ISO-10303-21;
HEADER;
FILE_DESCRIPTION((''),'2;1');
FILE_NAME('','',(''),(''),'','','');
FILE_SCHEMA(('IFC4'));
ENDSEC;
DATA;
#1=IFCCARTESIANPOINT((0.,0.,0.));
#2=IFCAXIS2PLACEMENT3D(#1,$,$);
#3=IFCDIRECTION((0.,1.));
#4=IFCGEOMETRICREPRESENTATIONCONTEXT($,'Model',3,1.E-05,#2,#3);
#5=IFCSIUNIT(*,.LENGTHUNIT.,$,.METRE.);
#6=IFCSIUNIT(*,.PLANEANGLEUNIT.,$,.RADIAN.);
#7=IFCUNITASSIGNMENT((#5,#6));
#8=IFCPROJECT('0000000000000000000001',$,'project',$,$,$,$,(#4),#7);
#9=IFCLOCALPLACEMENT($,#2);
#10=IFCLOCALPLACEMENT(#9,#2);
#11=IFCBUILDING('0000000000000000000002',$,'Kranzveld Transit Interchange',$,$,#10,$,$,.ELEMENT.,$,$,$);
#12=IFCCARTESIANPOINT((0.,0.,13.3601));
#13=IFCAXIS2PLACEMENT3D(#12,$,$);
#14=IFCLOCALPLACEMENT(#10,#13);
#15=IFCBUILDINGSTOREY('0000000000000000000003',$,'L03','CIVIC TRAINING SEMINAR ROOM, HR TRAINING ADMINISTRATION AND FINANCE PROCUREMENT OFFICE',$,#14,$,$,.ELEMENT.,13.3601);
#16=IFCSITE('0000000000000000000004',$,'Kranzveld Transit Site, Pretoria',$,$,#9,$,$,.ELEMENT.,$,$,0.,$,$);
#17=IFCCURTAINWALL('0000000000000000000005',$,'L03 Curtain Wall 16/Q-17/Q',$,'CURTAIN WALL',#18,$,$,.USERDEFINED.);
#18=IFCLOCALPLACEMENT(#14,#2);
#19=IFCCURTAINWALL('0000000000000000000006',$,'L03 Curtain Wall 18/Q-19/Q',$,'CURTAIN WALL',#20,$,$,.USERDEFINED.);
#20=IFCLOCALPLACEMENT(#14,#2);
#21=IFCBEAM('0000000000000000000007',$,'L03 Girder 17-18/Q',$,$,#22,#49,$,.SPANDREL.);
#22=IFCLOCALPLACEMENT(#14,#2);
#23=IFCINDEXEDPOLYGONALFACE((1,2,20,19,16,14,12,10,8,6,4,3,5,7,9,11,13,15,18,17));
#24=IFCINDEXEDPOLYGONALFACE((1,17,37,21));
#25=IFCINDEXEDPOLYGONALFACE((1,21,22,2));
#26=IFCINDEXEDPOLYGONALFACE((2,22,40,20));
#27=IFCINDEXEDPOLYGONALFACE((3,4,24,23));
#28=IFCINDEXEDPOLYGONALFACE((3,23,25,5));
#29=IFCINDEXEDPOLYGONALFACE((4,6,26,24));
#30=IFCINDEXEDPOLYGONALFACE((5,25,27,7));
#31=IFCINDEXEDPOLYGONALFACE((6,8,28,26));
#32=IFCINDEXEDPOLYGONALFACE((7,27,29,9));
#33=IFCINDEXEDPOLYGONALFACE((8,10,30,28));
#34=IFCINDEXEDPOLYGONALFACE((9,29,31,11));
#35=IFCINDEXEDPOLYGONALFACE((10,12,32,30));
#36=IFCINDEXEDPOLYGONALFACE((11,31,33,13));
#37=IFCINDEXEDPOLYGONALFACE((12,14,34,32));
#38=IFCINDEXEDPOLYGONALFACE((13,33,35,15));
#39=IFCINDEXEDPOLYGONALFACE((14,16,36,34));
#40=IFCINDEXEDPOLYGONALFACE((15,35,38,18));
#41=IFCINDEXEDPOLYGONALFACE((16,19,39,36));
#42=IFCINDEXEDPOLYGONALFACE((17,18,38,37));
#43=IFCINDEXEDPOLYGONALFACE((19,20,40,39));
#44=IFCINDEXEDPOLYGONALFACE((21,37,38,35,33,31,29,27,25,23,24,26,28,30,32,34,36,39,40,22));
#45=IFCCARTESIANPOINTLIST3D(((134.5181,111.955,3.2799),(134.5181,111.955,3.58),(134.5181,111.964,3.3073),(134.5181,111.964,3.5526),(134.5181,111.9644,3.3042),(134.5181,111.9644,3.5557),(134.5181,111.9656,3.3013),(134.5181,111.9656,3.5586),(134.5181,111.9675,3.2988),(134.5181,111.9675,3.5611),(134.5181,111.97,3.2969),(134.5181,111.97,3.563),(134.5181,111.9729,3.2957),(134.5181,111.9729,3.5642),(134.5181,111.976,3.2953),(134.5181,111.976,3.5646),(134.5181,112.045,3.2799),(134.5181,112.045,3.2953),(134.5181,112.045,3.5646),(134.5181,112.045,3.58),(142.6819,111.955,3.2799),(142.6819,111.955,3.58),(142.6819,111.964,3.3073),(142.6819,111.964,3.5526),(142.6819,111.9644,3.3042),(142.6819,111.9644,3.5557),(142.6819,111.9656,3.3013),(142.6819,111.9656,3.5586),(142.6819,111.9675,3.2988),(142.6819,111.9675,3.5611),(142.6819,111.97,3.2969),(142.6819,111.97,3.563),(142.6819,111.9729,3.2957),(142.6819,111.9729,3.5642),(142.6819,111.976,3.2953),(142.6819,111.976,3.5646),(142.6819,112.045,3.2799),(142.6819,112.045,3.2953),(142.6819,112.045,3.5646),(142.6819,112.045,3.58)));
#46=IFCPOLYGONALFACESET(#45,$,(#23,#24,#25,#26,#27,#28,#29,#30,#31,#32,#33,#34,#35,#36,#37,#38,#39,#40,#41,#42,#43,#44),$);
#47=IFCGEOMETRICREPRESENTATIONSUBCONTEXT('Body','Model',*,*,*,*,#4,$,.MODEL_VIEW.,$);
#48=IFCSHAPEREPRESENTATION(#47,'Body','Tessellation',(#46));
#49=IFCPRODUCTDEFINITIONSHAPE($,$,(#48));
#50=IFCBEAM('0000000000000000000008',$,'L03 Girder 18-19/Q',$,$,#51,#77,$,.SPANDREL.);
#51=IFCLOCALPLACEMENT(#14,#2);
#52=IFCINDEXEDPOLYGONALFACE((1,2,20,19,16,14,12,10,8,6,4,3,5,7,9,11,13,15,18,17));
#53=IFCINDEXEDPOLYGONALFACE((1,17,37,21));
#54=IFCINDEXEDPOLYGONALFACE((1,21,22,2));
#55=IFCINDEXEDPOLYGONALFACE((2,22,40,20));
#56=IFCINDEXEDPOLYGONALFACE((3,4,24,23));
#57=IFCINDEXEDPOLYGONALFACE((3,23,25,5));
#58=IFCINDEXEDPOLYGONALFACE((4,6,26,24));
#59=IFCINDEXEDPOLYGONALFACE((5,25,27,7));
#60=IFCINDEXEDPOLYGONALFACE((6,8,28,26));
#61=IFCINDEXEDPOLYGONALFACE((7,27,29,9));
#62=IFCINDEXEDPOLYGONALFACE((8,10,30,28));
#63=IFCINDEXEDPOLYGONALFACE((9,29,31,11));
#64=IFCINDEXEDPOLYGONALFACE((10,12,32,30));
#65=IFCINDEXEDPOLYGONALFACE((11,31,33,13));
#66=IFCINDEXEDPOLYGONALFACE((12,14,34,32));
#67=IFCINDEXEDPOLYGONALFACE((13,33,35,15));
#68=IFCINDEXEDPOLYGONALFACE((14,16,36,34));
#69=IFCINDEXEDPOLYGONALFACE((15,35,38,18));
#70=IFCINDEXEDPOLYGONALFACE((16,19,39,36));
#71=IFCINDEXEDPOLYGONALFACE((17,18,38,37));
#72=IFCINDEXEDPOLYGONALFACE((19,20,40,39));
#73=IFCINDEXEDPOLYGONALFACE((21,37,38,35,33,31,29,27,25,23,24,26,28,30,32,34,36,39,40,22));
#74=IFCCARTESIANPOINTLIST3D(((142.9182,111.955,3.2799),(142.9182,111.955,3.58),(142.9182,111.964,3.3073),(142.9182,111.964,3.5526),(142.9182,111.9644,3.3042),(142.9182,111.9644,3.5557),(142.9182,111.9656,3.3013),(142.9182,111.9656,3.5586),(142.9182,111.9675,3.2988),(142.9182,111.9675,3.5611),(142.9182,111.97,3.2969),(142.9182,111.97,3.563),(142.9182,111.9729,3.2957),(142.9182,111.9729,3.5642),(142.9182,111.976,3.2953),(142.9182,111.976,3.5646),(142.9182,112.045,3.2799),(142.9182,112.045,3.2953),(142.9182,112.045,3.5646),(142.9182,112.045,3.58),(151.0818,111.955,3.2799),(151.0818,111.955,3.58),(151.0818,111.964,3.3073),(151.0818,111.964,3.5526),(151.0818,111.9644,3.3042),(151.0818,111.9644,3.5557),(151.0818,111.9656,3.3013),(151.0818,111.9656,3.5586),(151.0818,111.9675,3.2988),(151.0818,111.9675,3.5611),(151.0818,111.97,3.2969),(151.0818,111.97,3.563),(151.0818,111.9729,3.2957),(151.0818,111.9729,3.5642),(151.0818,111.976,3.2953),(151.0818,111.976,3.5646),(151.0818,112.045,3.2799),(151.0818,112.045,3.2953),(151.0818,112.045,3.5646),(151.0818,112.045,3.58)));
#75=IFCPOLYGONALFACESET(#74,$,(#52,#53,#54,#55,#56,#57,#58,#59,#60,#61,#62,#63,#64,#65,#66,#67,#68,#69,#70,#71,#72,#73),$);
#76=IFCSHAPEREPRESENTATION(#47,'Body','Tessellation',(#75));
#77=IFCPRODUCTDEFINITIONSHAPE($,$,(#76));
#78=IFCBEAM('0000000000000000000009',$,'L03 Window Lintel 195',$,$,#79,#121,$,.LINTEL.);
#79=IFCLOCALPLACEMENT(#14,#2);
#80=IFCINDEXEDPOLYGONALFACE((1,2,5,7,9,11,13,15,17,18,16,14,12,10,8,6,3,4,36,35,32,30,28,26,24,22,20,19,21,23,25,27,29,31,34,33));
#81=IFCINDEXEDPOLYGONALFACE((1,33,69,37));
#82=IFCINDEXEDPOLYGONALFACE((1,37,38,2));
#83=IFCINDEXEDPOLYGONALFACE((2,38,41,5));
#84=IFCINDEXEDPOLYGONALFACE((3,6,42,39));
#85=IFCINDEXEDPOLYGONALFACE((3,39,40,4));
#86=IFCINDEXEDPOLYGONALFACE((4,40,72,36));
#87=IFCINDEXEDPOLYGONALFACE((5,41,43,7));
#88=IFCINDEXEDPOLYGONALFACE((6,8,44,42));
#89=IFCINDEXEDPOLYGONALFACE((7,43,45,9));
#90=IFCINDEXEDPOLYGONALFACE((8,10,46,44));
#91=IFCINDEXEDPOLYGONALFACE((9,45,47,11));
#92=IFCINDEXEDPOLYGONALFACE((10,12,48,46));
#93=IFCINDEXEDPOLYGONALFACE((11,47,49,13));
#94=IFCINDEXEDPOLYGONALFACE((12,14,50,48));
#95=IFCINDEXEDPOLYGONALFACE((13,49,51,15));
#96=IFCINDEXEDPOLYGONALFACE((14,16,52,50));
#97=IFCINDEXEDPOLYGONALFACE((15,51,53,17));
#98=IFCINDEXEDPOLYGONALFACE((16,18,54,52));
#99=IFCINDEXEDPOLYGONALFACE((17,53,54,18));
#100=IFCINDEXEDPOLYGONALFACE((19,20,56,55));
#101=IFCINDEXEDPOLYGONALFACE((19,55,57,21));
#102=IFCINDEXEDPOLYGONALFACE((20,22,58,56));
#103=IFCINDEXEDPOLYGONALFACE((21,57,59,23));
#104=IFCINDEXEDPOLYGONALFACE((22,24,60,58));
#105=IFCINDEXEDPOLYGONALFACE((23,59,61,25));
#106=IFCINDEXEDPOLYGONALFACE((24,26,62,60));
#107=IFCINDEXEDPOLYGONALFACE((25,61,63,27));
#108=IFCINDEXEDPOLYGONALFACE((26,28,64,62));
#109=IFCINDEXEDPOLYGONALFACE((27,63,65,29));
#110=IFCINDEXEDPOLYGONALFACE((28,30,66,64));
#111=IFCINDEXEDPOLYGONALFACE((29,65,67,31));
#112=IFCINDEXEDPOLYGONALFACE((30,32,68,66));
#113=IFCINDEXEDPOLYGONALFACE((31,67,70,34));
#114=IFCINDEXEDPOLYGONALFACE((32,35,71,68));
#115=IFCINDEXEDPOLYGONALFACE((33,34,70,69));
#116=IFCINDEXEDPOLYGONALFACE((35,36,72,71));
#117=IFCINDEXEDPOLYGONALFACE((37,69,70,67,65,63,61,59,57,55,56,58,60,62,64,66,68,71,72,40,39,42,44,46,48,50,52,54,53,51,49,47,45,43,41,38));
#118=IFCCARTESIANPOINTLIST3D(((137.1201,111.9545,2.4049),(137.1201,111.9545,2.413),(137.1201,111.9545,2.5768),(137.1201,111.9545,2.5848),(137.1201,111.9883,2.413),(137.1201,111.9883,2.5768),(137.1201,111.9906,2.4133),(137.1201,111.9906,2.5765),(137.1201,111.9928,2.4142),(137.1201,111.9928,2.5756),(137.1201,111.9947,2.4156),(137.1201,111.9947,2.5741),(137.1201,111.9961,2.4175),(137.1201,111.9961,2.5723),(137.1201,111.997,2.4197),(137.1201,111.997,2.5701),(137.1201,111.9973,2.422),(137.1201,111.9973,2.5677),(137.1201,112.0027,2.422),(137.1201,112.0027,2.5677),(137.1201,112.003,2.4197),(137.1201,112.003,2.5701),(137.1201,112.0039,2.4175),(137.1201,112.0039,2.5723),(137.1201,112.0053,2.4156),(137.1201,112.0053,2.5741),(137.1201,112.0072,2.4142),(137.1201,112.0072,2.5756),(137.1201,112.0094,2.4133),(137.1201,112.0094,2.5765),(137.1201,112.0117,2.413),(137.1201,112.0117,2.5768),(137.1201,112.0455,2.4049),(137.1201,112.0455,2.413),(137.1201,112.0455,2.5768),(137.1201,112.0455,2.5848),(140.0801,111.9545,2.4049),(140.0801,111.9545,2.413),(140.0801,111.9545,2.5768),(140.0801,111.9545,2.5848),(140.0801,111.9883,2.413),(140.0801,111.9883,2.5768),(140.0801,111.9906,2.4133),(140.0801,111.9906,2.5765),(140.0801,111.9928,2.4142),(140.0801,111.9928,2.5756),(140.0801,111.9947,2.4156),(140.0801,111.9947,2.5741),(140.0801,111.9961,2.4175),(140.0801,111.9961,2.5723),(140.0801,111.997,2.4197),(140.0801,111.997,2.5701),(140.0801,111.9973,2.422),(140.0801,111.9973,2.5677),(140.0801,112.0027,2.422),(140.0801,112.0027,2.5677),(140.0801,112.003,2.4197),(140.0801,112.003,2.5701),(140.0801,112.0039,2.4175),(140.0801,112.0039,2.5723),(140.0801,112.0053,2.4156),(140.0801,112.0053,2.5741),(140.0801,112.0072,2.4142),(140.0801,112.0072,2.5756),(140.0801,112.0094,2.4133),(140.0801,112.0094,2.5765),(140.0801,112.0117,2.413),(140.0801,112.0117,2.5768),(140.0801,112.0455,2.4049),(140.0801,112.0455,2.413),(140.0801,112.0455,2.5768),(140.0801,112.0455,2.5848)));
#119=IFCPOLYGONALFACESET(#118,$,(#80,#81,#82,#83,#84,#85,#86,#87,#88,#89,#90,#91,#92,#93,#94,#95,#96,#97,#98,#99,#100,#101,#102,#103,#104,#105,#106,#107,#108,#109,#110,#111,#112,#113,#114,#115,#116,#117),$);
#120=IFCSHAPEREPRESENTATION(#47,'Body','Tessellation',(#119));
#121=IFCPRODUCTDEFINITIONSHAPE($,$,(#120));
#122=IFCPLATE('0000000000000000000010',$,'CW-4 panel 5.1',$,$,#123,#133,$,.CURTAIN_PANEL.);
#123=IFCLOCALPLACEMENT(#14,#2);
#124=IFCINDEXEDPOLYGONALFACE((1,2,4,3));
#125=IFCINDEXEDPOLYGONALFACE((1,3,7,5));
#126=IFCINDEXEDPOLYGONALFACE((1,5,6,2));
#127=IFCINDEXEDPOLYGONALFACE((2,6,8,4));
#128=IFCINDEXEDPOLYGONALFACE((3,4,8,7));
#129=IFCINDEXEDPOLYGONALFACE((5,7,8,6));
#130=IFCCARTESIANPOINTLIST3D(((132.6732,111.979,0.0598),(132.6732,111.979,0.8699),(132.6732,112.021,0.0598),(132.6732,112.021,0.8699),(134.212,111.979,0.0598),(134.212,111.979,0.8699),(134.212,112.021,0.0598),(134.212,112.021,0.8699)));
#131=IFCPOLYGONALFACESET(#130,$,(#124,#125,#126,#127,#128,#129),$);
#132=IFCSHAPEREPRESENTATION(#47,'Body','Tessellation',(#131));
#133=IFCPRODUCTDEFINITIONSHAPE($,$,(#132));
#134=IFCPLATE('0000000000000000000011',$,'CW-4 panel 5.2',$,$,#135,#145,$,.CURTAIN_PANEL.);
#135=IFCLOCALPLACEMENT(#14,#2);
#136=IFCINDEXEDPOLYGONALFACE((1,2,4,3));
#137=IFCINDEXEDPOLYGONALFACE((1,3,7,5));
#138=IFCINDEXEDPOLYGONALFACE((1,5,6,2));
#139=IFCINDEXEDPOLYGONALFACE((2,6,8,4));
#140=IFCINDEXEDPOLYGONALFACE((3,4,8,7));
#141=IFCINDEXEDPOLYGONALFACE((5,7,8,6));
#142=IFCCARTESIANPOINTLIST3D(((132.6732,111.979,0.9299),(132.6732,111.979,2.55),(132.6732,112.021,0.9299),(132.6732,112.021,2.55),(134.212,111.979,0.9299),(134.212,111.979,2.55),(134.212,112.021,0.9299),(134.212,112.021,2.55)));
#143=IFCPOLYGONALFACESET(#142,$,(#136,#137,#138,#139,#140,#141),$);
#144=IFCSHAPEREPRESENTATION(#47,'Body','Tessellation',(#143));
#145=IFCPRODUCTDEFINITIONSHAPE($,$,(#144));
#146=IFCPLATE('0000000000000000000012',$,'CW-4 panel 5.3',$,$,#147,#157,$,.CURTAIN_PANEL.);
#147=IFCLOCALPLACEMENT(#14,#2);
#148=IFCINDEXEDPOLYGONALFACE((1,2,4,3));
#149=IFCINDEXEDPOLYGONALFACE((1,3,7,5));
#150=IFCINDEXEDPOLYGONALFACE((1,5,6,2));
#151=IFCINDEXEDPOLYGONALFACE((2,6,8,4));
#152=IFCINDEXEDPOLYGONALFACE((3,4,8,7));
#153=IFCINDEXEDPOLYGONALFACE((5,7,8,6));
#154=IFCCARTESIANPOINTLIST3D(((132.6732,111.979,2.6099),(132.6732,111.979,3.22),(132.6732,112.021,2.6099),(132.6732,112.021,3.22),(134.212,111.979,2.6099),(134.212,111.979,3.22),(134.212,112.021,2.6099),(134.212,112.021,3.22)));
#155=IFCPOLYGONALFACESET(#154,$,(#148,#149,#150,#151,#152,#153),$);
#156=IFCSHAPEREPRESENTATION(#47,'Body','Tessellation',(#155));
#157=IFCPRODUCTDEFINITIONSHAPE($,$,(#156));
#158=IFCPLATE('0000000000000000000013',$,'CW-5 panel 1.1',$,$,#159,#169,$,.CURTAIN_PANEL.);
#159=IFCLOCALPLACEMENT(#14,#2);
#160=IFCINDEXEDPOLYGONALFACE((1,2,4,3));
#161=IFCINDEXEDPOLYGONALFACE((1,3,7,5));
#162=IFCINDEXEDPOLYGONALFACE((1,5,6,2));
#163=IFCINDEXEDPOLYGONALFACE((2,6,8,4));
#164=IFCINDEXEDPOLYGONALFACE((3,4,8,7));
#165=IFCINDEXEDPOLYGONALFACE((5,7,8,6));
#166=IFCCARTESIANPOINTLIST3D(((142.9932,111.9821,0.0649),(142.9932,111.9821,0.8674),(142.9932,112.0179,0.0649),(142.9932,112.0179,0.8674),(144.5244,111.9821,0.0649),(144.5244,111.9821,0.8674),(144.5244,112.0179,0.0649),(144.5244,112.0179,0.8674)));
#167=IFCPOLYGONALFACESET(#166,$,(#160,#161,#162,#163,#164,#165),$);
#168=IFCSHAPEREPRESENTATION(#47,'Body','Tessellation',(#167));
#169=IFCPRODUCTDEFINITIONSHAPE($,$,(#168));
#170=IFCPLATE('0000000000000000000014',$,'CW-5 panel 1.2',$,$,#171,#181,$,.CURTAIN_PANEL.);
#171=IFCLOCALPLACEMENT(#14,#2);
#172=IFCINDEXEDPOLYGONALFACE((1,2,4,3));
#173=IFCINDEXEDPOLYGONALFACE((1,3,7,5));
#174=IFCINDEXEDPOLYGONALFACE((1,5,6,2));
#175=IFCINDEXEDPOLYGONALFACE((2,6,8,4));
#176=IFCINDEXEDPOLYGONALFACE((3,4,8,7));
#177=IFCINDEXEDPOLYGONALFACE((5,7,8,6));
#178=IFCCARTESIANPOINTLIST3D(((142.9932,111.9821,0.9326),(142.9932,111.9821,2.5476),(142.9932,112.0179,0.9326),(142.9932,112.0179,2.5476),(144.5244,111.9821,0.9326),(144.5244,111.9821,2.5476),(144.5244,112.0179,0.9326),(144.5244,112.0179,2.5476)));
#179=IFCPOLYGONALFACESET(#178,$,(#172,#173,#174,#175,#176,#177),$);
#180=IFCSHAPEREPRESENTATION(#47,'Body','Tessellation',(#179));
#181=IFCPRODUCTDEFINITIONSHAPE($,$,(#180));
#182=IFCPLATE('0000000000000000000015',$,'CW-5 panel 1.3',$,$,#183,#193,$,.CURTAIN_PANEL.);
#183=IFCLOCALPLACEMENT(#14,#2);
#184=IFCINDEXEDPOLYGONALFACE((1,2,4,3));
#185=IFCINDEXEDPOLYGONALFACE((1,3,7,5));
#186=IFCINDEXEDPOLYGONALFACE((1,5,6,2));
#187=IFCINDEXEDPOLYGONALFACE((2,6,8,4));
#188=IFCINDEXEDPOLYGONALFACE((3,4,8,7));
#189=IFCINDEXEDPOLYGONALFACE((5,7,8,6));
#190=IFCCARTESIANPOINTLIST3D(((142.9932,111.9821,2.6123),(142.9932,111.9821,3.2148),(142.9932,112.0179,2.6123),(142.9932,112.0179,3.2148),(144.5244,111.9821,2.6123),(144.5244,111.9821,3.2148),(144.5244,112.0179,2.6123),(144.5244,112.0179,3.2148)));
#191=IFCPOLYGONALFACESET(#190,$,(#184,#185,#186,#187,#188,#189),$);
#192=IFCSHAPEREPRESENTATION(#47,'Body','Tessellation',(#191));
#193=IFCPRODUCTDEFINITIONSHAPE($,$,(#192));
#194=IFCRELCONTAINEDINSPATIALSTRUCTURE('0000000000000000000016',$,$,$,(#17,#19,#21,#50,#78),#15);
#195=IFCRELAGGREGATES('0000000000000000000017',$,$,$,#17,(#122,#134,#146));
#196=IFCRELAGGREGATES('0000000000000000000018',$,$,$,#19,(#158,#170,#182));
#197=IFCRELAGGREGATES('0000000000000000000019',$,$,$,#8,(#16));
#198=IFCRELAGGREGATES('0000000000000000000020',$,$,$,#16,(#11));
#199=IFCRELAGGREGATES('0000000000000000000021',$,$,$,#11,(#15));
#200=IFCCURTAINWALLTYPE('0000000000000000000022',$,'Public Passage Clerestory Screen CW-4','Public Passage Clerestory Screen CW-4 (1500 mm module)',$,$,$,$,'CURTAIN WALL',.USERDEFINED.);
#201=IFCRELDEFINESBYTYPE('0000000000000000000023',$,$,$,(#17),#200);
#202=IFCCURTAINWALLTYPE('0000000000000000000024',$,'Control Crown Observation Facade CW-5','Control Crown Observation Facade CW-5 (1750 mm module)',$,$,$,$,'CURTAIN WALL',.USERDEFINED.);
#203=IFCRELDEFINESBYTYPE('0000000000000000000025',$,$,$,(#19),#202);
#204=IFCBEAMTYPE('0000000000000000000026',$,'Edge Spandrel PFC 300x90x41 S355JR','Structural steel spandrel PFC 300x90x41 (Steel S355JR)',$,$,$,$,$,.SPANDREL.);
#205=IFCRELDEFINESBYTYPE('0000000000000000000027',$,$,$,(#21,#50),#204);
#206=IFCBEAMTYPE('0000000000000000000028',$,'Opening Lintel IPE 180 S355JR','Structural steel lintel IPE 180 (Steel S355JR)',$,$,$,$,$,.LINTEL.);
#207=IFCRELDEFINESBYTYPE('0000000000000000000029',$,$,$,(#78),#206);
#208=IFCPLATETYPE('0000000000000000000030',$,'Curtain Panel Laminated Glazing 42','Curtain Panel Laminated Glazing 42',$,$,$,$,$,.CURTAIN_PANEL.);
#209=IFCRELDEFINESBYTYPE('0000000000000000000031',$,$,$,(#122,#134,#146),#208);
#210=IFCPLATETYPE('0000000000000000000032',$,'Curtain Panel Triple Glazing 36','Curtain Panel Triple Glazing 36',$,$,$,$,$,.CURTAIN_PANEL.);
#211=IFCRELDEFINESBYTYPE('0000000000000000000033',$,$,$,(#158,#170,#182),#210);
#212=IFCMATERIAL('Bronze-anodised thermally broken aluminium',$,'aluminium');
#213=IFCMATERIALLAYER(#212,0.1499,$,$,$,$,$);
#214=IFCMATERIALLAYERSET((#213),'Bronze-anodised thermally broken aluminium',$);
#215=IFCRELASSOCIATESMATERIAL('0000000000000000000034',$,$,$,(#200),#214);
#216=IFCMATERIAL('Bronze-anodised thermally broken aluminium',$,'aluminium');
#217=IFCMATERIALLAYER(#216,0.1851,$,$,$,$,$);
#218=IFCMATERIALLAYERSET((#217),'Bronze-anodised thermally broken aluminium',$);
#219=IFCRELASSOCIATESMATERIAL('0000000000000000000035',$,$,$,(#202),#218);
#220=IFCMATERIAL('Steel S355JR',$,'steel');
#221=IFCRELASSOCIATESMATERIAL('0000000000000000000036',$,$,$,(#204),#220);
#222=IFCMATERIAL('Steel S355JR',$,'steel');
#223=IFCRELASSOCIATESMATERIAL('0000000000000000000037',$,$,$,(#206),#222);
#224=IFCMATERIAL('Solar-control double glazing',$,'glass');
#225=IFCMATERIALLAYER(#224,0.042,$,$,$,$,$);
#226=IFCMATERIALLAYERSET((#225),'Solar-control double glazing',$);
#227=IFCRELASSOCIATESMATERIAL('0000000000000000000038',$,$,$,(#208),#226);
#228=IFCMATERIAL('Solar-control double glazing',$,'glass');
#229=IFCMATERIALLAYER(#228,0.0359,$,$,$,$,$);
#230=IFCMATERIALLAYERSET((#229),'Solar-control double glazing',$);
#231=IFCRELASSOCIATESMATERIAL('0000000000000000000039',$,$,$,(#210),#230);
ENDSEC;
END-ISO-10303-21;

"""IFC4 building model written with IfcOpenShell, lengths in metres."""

from ifc_helpers import new_model, si_unit, direction, frame, origin, origin_2d, place, context, subcontext, project, spatial, rectangle, i_section, u_section, extrude, material, layer, layer_set, material_profile, profile_set, type_object, element, aggregate, save


model = new_model("IFC4")

# Units and contexts
model_context = context("Model", 3, precision=1e-05, world=origin(), true_north=direction((0.0, 1.0)))
body_context = subcontext(model_context, "Body", "Model", "MODEL_VIEW")
ifc_project = project(units=[si_unit("LENGTHUNIT", "METRE"), si_unit("PLANEANGLEUNIT", "RADIAN")], contexts=[model_context])

# Site, building, storey
site_placement = place(None, origin())
site = spatial("IfcSite", under=ifc_project, at=site_placement, Name="Kranzveld Transit Site, Pretoria", CompositionType="ELEMENT", RefElevation=0.0)
building_placement = place(site_placement, origin())
building = spatial("IfcBuilding", under=site, at=building_placement, Name="Kranzveld Transit Interchange", CompositionType="ELEMENT")
storey_placement = place(building_placement, frame((0.0, 0.0, 13.3601)))
storey = spatial("IfcBuildingStorey", under=building, at=storey_placement, Name="L03", Description="CIVIC TRAINING SEMINAR ROOM, HR TRAINING ADMINISTRATION AND FINANCE PROCUREMENT OFFICE", CompositionType="ELEMENT", Elevation=13.3601)

# Curtain wall
ifc_material_1 = material(Name="Bronze-anodised thermally broken aluminium", Category="aluminium")
ifc_layer_1 = layer(ifc_material_1, 0.1499)
ifc_layer_set_1 = layer_set([ifc_layer_1], Name="Bronze-anodised thermally broken aluminium")
curtain_wall_type_1 = type_object("IfcCurtainWallType", Name="Public Passage Clerestory Screen CW-4", Description="Public Passage Clerestory Screen CW-4 (1500 mm module)", ElementType="CURTAIN WALL", PredefinedType="USERDEFINED", material=ifc_layer_set_1)
curtain_wall_1_placement = place(storey_placement, origin())
curtain_wall_1 = element("IfcCurtainWall", 1, at=curtain_wall_1_placement, inside=storey, type_object=curtain_wall_type_1, Name="L03 Curtain Wall 16/Q-17/Q", ObjectType="CURTAIN WALL", PredefinedType="USERDEFINED")

# Curtain wall
ifc_material_2 = material(Name="Bronze-anodised thermally broken aluminium", Category="aluminium")
ifc_layer_2 = layer(ifc_material_2, 0.1851)
ifc_layer_set_2 = layer_set([ifc_layer_2], Name="Bronze-anodised thermally broken aluminium")
curtain_wall_type_2 = type_object("IfcCurtainWallType", Name="Control Crown Observation Facade CW-5", Description="Control Crown Observation Facade CW-5 (1750 mm module)", ElementType="CURTAIN WALL", PredefinedType="USERDEFINED", material=ifc_layer_set_2)
curtain_wall_2_placement = place(storey_placement, origin())
curtain_wall_2 = element("IfcCurtainWall", 2, at=curtain_wall_2_placement, inside=storey, type_object=curtain_wall_type_2, Name="L03 Curtain Wall 18/Q-19/Q", ObjectType="CURTAIN WALL", PredefinedType="USERDEFINED")

# Beams
ifc_material_3 = material(Name="Steel S355JR", Category="steel")
ifc_material_profile_1 = material_profile(ifc_material_3, u_section(Depth=0.3, FlangeWidth=0.0901, WebThickness=0.009, FlangeThickness=0.0154, FilletRadius=0.012, at=origin_2d()), Name="PFC 300x90x41")
ifc_profile_set_1 = profile_set([ifc_material_profile_1], Name="Steel S355JR")
beam_type_1 = type_object("IfcBeamType", Name="Edge Spandrel PFC 300x90x41 S355JR", Description="Structural steel spandrel PFC 300x90x41 (Steel S355JR)", PredefinedType="SPANDREL", material=ifc_profile_set_1)
beam_1_placement = place(storey_placement, frame((134.5181, 112.0, 3.4299), z_axis=(1.0, 0.0, 0.0), x_axis=(0.0, 1.0, 0.0)))
element("IfcBeam", 3, at=beam_1_placement, inside=storey, type_object=beam_type_1, Name="L03 Girder 17-18/Q", PredefinedType="SPANDREL", context=body_context, shape_type="SweptSolid", body=[
    extrude(u_section(Depth=0.3, FlangeWidth=0.0901, WebThickness=0.009, FlangeThickness=0.0154, FilletRadius=0.012, at=origin_2d()), origin(), (0.0, 0.0, 1.0), 8.1638),
])
beam_2_placement = place(storey_placement, frame((142.9182, 112.0, 3.4299), z_axis=(1.0, 0.0, 0.0), x_axis=(0.0, 1.0, 0.0)))
element("IfcBeam", 4, at=beam_2_placement, inside=storey, type_object=beam_type_1, Name="L03 Girder 18-19/Q", PredefinedType="SPANDREL", context=body_context, shape_type="SweptSolid", body=[
    extrude(u_section(Depth=0.3, FlangeWidth=0.0901, WebThickness=0.009, FlangeThickness=0.0154, FilletRadius=0.012, at=origin_2d()), origin(), (0.0, 0.0, 1.0), 8.1636),
])
ifc_material_4 = material(Name="Steel S355JR", Category="steel")
ifc_material_profile_2 = material_profile(ifc_material_4, i_section(OverallWidth=0.0911, OverallDepth=0.1799, WebThickness=0.0054, FlangeThickness=0.0081, FilletRadius=0.009, at=origin_2d()), Name="IPE 180")
ifc_profile_set_2 = profile_set([ifc_material_profile_2], Name="Steel S355JR")
beam_type_2 = type_object("IfcBeamType", Name="Opening Lintel IPE 180 S355JR", Description="Structural steel lintel IPE 180 (Steel S355JR)", PredefinedType="LINTEL", material=ifc_profile_set_2)
beam_3_placement = place(storey_placement, frame((137.1201, 112.0, 2.4949), z_axis=(1.0, 0.0, 0.0), x_axis=(0.0, 1.0, 0.0)))
element("IfcBeam", 5, at=beam_3_placement, inside=storey, type_object=beam_type_2, Name="L03 Window Lintel 195", PredefinedType="LINTEL", context=body_context, shape_type="SweptSolid", body=[
    extrude(i_section(OverallWidth=0.0911, OverallDepth=0.1799, WebThickness=0.0054, FlangeThickness=0.0081, FilletRadius=0.009, at=origin_2d()), origin(), (0.0, 0.0, 1.0), 2.96),
])

# Plates
ifc_material_5 = material(Name="Solar-control double glazing", Category="glass")
ifc_layer_3 = layer(ifc_material_5, 0.042)
ifc_layer_set_3 = layer_set([ifc_layer_3], Name="Solar-control double glazing")
plate_type_1 = type_object("IfcPlateType", Name="Curtain Panel Laminated Glazing 42", Description="Curtain Panel Laminated Glazing 42", PredefinedType="CURTAIN_PANEL", material=ifc_layer_set_3)
plate_1_placement = place(storey_placement, frame((133.4426, 112.0, 0.0598), z_axis=(0.0, 0.0, 1.0), x_axis=(1.0, 0.0, 0.0)))
plate_1 = element("IfcPlate", 6, at=plate_1_placement, type_object=plate_type_1, Name="CW-4 panel 5.1", PredefinedType="CURTAIN_PANEL", context=body_context, shape_type="SweptSolid", body=[
    extrude(rectangle(XDim=1.5388, YDim=0.042, at=origin_2d()), origin(), (0.0, 0.0, 1.0), 0.8101),
])
plate_2_placement = place(storey_placement, frame((133.4426, 112.0, 0.9299), z_axis=(0.0, 0.0, 1.0), x_axis=(1.0, 0.0, 0.0)))
plate_2 = element("IfcPlate", 7, at=plate_2_placement, type_object=plate_type_1, Name="CW-4 panel 5.2", PredefinedType="CURTAIN_PANEL", context=body_context, shape_type="SweptSolid", body=[
    extrude(rectangle(XDim=1.5388, YDim=0.042, at=origin_2d()), origin(), (0.0, 0.0, 1.0), 1.6201),
])
plate_3_placement = place(storey_placement, frame((133.4426, 112.0, 2.6099), z_axis=(0.0, 0.0, 1.0), x_axis=(1.0, 0.0, 0.0)))
plate_3 = element("IfcPlate", 8, at=plate_3_placement, type_object=plate_type_1, Name="CW-4 panel 5.3", PredefinedType="CURTAIN_PANEL", context=body_context, shape_type="SweptSolid", body=[
    extrude(rectangle(XDim=1.5388, YDim=0.042, at=origin_2d()), origin(), (0.0, 0.0, 1.0), 0.6101),
])
aggregate(curtain_wall_1, [plate_1, plate_2, plate_3])
ifc_material_6 = material(Name="Solar-control double glazing", Category="glass")
ifc_layer_4 = layer(ifc_material_6, 0.0359)
ifc_layer_set_4 = layer_set([ifc_layer_4], Name="Solar-control double glazing")
plate_type_2 = type_object("IfcPlateType", Name="Curtain Panel Triple Glazing 36", Description="Curtain Panel Triple Glazing 36", PredefinedType="CURTAIN_PANEL", material=ifc_layer_set_4)
plate_4_placement = place(storey_placement, frame((143.7588, 112.0, 0.0649), z_axis=(0.0, 0.0, 1.0), x_axis=(1.0, 0.0, 0.0)))
plate_4 = element("IfcPlate", 9, at=plate_4_placement, type_object=plate_type_2, Name="CW-5 panel 1.1", PredefinedType="CURTAIN_PANEL", context=body_context, shape_type="SweptSolid", body=[
    extrude(rectangle(XDim=1.5312, YDim=0.0359, at=origin_2d()), origin(), (0.0, 0.0, 1.0), 0.8025),
])
plate_5_placement = place(storey_placement, frame((143.7588, 112.0, 0.9326), z_axis=(0.0, 0.0, 1.0), x_axis=(1.0, 0.0, 0.0)))
plate_5 = element("IfcPlate", 10, at=plate_5_placement, type_object=plate_type_2, Name="CW-5 panel 1.2", PredefinedType="CURTAIN_PANEL", context=body_context, shape_type="SweptSolid", body=[
    extrude(rectangle(XDim=1.5312, YDim=0.0359, at=origin_2d()), origin(), (0.0, 0.0, 1.0), 1.615),
])
plate_6_placement = place(storey_placement, frame((143.7588, 112.0, 2.6123), z_axis=(0.0, 0.0, 1.0), x_axis=(1.0, 0.0, 0.0)))
plate_6 = element("IfcPlate", 11, at=plate_6_placement, type_object=plate_type_2, Name="CW-5 panel 1.3", PredefinedType="CURTAIN_PANEL", context=body_context, shape_type="SweptSolid", body=[
    extrude(rectangle(XDim=1.5312, YDim=0.0359, at=origin_2d()), origin(), (0.0, 0.0, 1.0), 0.6025),
])
aggregate(curtain_wall_2, [plate_4, plate_5, plate_6])

save(model, "model.ifc")
